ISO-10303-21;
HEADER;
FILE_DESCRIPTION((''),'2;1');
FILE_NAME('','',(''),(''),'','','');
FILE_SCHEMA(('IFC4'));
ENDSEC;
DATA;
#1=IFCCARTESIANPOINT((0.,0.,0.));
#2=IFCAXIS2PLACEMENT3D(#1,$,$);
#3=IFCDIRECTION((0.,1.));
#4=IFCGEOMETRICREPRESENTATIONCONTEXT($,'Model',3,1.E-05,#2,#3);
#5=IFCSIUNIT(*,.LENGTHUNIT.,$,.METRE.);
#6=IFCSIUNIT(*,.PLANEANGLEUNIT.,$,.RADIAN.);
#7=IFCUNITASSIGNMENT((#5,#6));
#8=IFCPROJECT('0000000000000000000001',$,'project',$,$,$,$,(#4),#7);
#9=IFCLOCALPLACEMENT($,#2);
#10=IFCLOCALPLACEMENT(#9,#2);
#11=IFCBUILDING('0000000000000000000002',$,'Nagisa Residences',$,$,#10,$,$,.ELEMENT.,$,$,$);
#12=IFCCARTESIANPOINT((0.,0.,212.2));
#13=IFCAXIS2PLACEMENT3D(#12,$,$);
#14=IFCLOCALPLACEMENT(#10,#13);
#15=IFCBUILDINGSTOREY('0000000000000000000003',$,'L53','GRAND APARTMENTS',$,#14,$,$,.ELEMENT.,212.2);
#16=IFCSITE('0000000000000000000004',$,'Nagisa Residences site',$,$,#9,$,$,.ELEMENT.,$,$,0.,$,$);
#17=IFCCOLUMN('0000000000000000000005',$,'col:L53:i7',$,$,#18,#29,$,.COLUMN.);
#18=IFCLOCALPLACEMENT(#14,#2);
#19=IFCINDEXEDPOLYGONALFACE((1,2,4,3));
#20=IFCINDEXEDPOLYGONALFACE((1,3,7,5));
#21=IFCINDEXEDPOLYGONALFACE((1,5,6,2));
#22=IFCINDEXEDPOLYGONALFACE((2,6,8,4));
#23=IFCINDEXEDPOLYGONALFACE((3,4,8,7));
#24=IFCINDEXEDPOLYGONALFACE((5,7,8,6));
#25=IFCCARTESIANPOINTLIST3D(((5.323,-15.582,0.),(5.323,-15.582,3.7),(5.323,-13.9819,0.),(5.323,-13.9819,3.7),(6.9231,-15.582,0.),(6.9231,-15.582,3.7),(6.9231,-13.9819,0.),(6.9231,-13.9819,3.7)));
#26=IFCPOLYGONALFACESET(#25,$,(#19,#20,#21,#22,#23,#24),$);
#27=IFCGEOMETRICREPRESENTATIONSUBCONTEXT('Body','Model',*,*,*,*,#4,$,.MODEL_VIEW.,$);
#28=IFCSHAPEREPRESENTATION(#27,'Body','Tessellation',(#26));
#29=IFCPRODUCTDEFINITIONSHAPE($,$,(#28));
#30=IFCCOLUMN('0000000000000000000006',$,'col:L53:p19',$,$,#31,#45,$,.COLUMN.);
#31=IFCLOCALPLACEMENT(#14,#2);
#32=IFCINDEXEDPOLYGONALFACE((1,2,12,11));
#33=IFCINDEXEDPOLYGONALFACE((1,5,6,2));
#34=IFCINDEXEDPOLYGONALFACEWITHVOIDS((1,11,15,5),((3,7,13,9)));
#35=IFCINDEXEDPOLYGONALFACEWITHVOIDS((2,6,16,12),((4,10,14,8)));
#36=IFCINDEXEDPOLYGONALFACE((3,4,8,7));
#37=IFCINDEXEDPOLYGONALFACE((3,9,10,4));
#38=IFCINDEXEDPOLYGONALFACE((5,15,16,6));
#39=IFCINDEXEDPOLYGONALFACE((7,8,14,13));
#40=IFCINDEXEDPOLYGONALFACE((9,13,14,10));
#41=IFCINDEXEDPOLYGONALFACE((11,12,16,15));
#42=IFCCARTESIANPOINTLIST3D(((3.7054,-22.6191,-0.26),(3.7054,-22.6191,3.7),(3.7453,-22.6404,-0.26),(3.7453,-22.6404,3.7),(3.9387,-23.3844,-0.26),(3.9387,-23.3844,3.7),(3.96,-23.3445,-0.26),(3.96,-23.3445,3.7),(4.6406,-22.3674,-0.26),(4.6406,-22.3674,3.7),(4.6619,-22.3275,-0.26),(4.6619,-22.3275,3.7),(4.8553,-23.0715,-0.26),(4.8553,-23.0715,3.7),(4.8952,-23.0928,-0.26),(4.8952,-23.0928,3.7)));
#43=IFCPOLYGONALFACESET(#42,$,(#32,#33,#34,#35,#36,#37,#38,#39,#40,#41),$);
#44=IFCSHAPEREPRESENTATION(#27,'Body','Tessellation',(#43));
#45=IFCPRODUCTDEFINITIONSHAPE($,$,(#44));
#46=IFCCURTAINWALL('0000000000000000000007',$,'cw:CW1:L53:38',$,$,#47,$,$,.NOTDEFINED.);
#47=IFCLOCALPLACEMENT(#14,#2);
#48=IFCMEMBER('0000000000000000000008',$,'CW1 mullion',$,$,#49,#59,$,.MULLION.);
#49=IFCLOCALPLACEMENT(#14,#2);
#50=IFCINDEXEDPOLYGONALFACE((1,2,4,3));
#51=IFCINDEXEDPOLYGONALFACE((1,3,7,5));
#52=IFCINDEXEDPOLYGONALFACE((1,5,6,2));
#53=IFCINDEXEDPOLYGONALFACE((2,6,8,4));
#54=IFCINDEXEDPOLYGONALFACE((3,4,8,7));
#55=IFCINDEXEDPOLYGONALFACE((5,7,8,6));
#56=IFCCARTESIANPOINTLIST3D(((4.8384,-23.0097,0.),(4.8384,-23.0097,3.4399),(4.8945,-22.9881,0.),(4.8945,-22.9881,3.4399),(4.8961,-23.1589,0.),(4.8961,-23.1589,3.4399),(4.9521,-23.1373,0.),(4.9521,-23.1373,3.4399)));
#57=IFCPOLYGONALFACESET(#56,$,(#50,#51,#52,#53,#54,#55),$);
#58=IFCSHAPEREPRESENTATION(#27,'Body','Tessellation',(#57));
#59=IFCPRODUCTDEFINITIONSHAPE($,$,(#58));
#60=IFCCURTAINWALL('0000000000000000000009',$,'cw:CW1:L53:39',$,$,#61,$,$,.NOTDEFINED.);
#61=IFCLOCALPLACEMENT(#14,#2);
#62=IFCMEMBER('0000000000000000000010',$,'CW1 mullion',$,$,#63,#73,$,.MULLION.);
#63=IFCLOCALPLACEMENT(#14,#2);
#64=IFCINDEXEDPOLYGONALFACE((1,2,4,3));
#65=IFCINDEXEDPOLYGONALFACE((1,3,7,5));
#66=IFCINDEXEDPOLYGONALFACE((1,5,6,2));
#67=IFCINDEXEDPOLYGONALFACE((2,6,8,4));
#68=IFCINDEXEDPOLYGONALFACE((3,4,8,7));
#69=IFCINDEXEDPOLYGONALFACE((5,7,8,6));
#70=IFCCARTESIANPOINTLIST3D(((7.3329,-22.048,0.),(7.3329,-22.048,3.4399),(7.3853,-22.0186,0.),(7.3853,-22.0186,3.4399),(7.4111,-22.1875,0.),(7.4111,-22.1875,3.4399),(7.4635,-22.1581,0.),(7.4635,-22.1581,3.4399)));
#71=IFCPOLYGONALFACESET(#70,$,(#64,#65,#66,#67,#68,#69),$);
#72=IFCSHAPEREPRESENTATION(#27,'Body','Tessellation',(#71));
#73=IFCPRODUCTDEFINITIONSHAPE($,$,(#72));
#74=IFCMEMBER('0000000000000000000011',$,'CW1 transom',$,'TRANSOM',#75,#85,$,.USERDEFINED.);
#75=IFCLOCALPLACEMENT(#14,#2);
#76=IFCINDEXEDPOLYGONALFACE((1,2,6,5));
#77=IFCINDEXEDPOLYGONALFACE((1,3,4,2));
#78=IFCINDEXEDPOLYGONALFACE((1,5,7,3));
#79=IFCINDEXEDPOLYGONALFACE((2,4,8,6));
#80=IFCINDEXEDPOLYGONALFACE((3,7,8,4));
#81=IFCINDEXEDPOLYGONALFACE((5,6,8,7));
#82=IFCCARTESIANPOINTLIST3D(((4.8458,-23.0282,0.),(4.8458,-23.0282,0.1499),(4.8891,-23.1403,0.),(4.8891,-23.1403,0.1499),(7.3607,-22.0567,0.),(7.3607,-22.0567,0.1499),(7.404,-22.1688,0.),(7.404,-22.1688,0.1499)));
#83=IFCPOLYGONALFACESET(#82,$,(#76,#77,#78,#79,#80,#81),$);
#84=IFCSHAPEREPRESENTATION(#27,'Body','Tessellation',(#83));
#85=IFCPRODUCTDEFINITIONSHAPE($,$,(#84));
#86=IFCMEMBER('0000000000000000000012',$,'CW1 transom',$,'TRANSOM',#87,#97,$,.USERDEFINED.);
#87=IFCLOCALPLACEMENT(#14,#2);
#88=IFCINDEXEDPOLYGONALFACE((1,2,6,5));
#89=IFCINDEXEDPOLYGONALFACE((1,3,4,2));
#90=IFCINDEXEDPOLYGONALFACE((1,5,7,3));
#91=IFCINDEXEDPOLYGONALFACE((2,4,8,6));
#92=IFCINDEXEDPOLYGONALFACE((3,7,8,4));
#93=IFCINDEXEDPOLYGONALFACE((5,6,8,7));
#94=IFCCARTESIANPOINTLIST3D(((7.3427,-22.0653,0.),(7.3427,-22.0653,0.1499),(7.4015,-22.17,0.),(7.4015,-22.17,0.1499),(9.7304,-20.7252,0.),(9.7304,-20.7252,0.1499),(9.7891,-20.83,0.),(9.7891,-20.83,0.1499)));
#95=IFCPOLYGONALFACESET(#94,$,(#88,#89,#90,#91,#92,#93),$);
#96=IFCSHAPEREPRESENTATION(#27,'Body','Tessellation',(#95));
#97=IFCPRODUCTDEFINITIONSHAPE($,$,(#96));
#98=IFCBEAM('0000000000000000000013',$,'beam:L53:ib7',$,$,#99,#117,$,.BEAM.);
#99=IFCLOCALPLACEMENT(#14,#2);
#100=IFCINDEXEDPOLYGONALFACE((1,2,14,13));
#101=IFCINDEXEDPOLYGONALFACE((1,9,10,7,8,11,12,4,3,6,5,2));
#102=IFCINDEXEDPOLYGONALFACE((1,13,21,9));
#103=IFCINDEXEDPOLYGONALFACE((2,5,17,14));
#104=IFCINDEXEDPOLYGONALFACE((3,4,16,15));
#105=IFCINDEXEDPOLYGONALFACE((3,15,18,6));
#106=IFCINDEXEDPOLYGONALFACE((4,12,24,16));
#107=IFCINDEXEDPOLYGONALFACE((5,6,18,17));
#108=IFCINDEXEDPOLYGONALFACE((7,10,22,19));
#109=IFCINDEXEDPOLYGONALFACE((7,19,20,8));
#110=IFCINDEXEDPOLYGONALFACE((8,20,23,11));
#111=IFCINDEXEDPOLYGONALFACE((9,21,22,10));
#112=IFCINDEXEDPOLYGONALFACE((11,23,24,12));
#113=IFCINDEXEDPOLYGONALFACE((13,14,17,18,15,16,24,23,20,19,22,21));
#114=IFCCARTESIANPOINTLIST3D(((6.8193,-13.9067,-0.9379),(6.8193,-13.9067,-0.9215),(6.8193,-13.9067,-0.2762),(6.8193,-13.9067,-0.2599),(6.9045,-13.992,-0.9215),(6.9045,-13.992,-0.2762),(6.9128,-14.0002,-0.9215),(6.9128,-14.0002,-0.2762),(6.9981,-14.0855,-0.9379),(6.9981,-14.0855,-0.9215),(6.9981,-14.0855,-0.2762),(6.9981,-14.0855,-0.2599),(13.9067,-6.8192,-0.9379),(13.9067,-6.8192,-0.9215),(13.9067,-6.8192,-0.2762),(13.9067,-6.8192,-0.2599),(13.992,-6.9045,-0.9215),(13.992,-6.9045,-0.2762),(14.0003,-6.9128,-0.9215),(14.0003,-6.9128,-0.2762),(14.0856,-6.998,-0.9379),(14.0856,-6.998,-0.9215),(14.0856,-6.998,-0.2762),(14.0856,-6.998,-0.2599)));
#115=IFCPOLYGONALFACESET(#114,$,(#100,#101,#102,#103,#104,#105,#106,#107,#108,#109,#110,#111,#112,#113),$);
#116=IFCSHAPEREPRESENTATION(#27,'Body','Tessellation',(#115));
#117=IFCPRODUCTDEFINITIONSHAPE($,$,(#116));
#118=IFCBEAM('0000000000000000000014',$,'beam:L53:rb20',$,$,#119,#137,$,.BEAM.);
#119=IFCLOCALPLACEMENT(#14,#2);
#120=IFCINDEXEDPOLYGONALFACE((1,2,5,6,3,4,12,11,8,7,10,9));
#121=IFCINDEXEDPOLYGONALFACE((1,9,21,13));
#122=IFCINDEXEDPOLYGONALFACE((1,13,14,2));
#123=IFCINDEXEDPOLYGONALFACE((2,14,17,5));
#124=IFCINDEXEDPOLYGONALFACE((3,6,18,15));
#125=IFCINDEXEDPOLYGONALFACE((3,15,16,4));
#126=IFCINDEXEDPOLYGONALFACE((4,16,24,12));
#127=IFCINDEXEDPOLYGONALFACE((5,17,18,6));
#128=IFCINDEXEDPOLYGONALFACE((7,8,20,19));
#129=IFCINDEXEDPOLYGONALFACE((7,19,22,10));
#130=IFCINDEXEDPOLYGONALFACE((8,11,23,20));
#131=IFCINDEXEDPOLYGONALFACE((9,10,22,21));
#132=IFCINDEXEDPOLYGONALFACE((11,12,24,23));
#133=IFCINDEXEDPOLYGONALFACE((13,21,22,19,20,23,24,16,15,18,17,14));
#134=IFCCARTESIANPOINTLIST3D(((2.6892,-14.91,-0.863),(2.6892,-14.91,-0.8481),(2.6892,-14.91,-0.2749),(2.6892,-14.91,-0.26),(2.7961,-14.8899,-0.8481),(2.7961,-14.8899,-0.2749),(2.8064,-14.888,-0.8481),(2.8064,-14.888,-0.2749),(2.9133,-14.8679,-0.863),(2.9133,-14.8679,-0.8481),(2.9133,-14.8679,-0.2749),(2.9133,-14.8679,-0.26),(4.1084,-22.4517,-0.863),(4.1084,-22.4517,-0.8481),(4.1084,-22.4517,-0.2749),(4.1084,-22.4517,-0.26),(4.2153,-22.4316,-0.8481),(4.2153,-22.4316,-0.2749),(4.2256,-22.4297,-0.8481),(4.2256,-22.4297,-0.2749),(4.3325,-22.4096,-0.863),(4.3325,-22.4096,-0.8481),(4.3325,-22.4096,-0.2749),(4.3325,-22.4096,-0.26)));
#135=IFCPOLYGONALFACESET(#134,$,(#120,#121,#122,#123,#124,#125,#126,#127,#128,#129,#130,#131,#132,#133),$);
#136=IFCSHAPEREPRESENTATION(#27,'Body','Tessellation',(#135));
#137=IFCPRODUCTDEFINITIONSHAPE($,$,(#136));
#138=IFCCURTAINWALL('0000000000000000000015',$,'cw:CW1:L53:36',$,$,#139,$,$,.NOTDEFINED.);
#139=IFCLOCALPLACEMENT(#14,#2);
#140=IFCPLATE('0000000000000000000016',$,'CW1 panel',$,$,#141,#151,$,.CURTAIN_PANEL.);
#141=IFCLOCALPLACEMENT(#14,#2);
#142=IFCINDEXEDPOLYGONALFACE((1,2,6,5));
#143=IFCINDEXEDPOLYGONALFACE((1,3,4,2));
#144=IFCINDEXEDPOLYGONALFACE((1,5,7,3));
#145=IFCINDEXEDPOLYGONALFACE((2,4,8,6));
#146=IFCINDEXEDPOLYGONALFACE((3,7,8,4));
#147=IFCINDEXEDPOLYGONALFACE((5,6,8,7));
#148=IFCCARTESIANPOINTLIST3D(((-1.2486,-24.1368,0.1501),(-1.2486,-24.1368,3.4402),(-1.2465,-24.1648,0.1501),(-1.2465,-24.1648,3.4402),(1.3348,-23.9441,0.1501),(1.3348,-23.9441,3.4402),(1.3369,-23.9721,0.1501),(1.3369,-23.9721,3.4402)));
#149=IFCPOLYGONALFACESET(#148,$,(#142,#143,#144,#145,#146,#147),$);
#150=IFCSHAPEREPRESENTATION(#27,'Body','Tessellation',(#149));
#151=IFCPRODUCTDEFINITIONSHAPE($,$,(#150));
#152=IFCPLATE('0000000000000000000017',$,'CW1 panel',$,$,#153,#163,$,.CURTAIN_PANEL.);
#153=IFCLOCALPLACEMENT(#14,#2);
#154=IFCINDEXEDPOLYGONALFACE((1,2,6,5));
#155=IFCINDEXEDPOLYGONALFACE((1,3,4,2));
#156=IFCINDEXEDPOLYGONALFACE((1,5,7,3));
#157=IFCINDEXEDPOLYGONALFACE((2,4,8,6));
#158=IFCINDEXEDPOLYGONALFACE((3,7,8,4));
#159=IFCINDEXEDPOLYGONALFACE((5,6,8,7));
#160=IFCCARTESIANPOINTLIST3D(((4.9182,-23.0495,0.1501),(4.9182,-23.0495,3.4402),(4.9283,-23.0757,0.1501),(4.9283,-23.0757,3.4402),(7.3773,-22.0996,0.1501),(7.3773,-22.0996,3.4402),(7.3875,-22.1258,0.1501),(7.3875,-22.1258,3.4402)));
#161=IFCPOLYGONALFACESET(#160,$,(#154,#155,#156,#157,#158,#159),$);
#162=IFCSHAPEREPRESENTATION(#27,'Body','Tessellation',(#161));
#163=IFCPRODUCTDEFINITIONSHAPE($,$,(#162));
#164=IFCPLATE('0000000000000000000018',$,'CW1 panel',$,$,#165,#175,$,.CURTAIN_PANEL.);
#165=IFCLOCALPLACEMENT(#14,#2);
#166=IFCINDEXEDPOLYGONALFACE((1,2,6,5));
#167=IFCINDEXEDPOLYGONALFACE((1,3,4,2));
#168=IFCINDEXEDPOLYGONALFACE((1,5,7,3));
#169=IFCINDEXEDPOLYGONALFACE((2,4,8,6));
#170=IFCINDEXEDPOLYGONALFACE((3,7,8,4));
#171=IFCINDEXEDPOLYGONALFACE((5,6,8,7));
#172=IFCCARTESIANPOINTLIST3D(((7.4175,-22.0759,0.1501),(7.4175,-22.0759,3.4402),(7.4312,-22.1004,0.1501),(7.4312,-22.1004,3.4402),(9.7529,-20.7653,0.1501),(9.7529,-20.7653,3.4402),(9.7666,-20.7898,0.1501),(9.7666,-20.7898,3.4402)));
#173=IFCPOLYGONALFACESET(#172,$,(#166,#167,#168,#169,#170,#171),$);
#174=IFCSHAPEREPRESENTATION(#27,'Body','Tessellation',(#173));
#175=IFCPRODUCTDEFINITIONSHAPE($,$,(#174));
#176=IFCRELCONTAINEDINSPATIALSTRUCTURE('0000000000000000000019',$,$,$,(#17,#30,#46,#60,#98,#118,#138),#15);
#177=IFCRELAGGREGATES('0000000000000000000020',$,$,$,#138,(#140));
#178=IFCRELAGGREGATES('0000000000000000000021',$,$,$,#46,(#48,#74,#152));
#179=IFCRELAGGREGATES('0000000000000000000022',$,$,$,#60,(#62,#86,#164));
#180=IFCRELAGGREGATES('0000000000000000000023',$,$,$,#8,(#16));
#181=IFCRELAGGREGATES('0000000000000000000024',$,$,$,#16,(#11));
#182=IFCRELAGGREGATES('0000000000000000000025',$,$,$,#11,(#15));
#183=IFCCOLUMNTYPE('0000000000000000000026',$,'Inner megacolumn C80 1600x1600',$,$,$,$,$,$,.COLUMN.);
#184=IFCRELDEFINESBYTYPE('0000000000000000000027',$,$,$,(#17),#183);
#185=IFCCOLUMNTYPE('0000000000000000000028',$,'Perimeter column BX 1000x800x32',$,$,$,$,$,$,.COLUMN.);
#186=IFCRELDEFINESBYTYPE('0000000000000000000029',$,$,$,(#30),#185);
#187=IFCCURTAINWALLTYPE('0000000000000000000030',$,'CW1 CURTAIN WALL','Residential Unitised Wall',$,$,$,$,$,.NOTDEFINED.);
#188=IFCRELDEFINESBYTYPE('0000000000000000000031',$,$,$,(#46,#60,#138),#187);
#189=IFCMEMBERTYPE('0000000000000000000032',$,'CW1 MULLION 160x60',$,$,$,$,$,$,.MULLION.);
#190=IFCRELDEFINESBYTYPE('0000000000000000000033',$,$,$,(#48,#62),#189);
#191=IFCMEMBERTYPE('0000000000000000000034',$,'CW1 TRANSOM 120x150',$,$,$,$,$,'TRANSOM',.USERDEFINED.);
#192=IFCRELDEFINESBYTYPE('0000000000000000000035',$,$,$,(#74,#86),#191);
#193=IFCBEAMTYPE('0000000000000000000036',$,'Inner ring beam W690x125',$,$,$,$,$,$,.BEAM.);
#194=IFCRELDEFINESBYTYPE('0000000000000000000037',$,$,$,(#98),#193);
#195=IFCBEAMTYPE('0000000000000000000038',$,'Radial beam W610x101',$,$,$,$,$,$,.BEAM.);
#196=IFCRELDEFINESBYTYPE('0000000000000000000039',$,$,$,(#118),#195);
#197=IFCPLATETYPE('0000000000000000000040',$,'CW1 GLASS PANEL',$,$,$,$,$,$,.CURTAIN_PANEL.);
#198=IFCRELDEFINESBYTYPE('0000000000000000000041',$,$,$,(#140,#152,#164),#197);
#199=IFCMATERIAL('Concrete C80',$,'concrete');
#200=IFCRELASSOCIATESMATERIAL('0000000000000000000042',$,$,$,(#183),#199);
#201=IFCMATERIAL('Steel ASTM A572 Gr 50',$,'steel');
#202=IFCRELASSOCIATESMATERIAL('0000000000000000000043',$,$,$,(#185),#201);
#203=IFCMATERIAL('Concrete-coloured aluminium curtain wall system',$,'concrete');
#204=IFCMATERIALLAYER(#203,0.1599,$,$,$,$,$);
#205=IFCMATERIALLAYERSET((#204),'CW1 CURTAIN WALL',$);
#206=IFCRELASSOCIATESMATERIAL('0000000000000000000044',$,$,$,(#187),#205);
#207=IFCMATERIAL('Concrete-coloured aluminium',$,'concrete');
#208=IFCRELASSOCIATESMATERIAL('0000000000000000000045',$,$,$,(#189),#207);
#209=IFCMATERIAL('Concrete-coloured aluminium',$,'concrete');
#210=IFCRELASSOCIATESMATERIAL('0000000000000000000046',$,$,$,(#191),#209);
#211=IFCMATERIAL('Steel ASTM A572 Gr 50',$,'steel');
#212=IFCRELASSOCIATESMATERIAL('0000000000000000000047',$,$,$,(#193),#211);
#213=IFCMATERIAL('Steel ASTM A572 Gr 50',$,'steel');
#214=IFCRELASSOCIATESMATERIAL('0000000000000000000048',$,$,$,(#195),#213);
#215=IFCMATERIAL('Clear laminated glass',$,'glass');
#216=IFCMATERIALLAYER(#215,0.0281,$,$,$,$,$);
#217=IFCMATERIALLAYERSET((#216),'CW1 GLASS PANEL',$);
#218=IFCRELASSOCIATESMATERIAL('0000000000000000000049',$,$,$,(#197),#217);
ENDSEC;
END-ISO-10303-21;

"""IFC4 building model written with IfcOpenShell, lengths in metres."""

from ifc_helpers import new_model, si_unit, direction, frame, origin, origin_2d, place, context, subcontext, project, spatial, rectangle, hollow_rectangle, i_section, extrude, material, layer, layer_set, material_profile, profile_set, type_object, element, aggregate, save


model = new_model("IFC4")

# Units and contexts
model_context = context("Model", 3, precision=1e-05, world=origin(), true_north=direction((0.0, 1.0)))
body_context = subcontext(model_context, "Body", "Model", "MODEL_VIEW")
ifc_project = project(units=[si_unit("LENGTHUNIT", "METRE"), si_unit("PLANEANGLEUNIT", "RADIAN")], contexts=[model_context])

# Site, building, storey
site_placement = place(None, origin())
site = spatial("IfcSite", under=ifc_project, at=site_placement, Name="Nagisa Residences site", CompositionType="ELEMENT", RefElevation=0.0)
building_placement = place(site_placement, origin())
building = spatial("IfcBuilding", under=site, at=building_placement, Name="Nagisa Residences", CompositionType="ELEMENT")
storey_placement = place(building_placement, frame((0.0, 0.0, 212.2)))
storey = spatial("IfcBuildingStorey", under=building, at=storey_placement, Name="L53", Description="GRAND APARTMENTS", CompositionType="ELEMENT", Elevation=212.2)

# Columns
ifc_material_1 = material(Name="Concrete C80", Category="concrete")
ifc_material_profile_1 = material_profile(ifc_material_1, rectangle(XDim=1.6001, YDim=1.6001, at=origin_2d()), Name="C80 1600x1600")
ifc_profile_set_1 = profile_set([ifc_material_profile_1], Name="Concrete C80")
column_type_1 = type_object("IfcColumnType", Name="Inner megacolumn C80 1600x1600", PredefinedType="COLUMN", material=ifc_profile_set_1)
column_1_placement = place(storey_placement, frame((6.123, -14.782, 0.0), z_axis=(0.0, 0.0, 1.0), x_axis=(1.0, 0.0, 0.0)))
element("IfcColumn", 1, at=column_1_placement, inside=storey, type_object=column_type_1, Name="col:L53:i7", PredefinedType="COLUMN", context=body_context, shape_type="SweptSolid", body=[
    extrude(rectangle(XDim=1.6001, YDim=1.6001, at=origin_2d()), origin(), (0.0, 0.0, 1.0), 3.7),
])
ifc_material_2 = material(Name="Steel ASTM A572 Gr 50", Category="steel")
ifc_material_profile_2 = material_profile(ifc_material_2, hollow_rectangle(XDim=1.0, YDim=0.8, WallThickness=0.032, at=origin_2d()), Name="BX 1000x800x32")
ifc_profile_set_2 = profile_set([ifc_material_profile_2], Name="Steel ASTM A572 Gr 50")
column_type_2 = type_object("IfcColumnType", Name="Perimeter column BX 1000x800x32", PredefinedType="COLUMN", material=ifc_profile_set_2)
column_2_placement = place(storey_placement, frame((4.3003, -22.856, -0.26), z_axis=(0.0, 0.0, 1.0), x_axis=(0.956525, 0.291652, 0.0)))
element("IfcColumn", 2, at=column_2_placement, inside=storey, type_object=column_type_2, Name="col:L53:p19", PredefinedType="COLUMN", context=body_context, shape_type="SweptSolid", body=[
    extrude(hollow_rectangle(XDim=1.0, YDim=0.8, WallThickness=0.032, at=origin_2d()), origin(), (0.0, 0.0, 1.0), 3.96),
])

# Curtain walls, members
ifc_material_3 = material(Name="Concrete-coloured aluminium curtain wall system", Category="concrete")
ifc_layer_1 = layer(ifc_material_3, 0.1599)
ifc_layer_set_1 = layer_set([ifc_layer_1], Name="CW1 CURTAIN WALL")
curtain_wall_type = type_object("IfcCurtainWallType", Name="CW1 CURTAIN WALL", Description="Residential Unitised Wall", PredefinedType="NOTDEFINED", material=ifc_layer_set_1)
curtain_wall_1_placement = place(storey_placement, origin())
curtain_wall_1 = element("IfcCurtainWall", 3, at=curtain_wall_1_placement, inside=storey, type_object=curtain_wall_type, Name="cw:CW1:L53:38", PredefinedType="NOTDEFINED")
ifc_material_4 = material(Name="Concrete-coloured aluminium", Category="concrete")
ifc_material_profile_3 = material_profile(ifc_material_4, rectangle(XDim=0.1599, YDim=0.0601, at=origin_2d()), Name="CW1 MULLION 160x60")
ifc_profile_set_3 = profile_set([ifc_material_profile_3], Name="Concrete-coloured aluminium")
member_type_1 = type_object("IfcMemberType", Name="CW1 MULLION 160x60", PredefinedType="MULLION", material=ifc_profile_set_3)
member_1_placement = place(storey_placement, frame((4.8953, -23.0735, 0.0), z_axis=(0.0, 0.0, 1.0), x_axis=(-0.360328, 0.932826, 0.0)))
member_1 = element("IfcMember", 4, at=member_1_placement, type_object=member_type_1, Name="CW1 mullion", PredefinedType="MULLION", context=body_context, shape_type="SweptSolid", body=[
    extrude(rectangle(XDim=0.1599, YDim=0.0601, at=origin_2d()), origin(), (0.0, 0.0, 1.0), 3.4399),
])
curtain_wall_2_placement = place(storey_placement, origin())
curtain_wall_2 = element("IfcCurtainWall", 5, at=curtain_wall_2_placement, inside=storey, type_object=curtain_wall_type, Name="cw:CW1:L53:39", PredefinedType="NOTDEFINED")
member_2_placement = place(storey_placement, frame((7.3982, -22.103, 0.0), z_axis=(0.0, 0.0, 1.0), x_axis=(-0.489377, 0.872072, 0.0)))
member_2 = element("IfcMember", 6, at=member_2_placement, type_object=member_type_1, Name="CW1 mullion", PredefinedType="MULLION", context=body_context, shape_type="SweptSolid", body=[
    extrude(rectangle(XDim=0.1599, YDim=0.0601, at=origin_2d()), origin(), (0.0, 0.0, 1.0), 3.4399),
])

# Members
ifc_material_5 = material(Name="Concrete-coloured aluminium", Category="concrete")
ifc_material_profile_4 = material_profile(ifc_material_5, rectangle(XDim=0.1201, YDim=0.1499, at=origin_2d()), Name="CW1 TRANSOM 120x150")
ifc_profile_set_4 = profile_set([ifc_material_profile_4], Name="Concrete-coloured aluminium")
member_type_2 = type_object("IfcMemberType", Name="CW1 TRANSOM 120x150", ElementType="TRANSOM", PredefinedType="USERDEFINED", material=ifc_profile_set_4)
member_3_placement = place(storey_placement, frame((4.8674, -23.0842, 0.075), z_axis=(0.932826, 0.360326, 0.0), x_axis=(-0.360326, 0.932826, 0.0)))
member_3 = element("IfcMember", 7, at=member_3_placement, type_object=member_type_2, Name="CW1 transom", ObjectType="TRANSOM", PredefinedType="USERDEFINED", context=body_context, shape_type="SweptSolid", body=[
    extrude(rectangle(XDim=0.1201, YDim=0.1499, at=origin_2d()), origin(), (0.0, 0.0, 1.0), 2.696),
])
member_4_placement = place(storey_placement, frame((7.3721, -22.1177, 0.075), z_axis=(0.872042, 0.489431, 0.0), x_axis=(-0.489431, 0.872042, 0.0)))
member_4 = element("IfcMember", 8, at=member_4_placement, type_object=member_type_2, Name="CW1 transom", ObjectType="TRANSOM", PredefinedType="USERDEFINED", context=body_context, shape_type="SweptSolid", body=[
    extrude(rectangle(XDim=0.1201, YDim=0.1499, at=origin_2d()), origin(), (0.0, 0.0, 1.0), 2.738),
])

# Beams
ifc_material_6 = material(Name="Steel ASTM A572 Gr 50", Category="steel")
ifc_material_profile_5 = material_profile(ifc_material_6, i_section(OverallWidth=0.2529, OverallDepth=0.678, WebThickness=0.0117, FlangeThickness=0.0164, at=origin_2d()), Name="W690x125")
ifc_profile_set_5 = profile_set([ifc_material_profile_5], Name="Steel ASTM A572 Gr 50")
beam_type_1 = type_object("IfcBeamType", Name="Inner ring beam W690x125", PredefinedType="BEAM", material=ifc_profile_set_5)
beam_1_placement = place(storey_placement, frame((6.9087, -13.9961, -0.5989), z_axis=(0.707107, 0.707107, 0.0), x_axis=(-0.707107, 0.707107, 0.0)))
element("IfcBeam", 9, at=beam_1_placement, inside=storey, type_object=beam_type_1, Name="beam:L53:ib7", PredefinedType="BEAM", context=body_context, shape_type="SweptSolid", body=[
    extrude(i_section(OverallWidth=0.2529, OverallDepth=0.678, WebThickness=0.0117, FlangeThickness=0.0164, at=origin_2d()), origin(), (0.0, 0.0, 1.0), 10.0232),
])
ifc_material_7 = material(Name="Steel ASTM A572 Gr 50", Category="steel")
ifc_material_profile_6 = material_profile(ifc_material_7, i_section(OverallWidth=0.228, OverallDepth=0.603, WebThickness=0.0105, FlangeThickness=0.0149, at=origin_2d()), Name="W610x101")
ifc_profile_set_6 = profile_set([ifc_material_profile_6], Name="Steel ASTM A572 Gr 50")
beam_type_2 = type_object("IfcBeamType", Name="Radial beam W610x101", PredefinedType="BEAM", material=ifc_profile_set_6)
beam_2_placement = place(storey_placement, frame((4.2205, -22.4307, -0.5615), z_axis=(-0.184932, 0.982751, 0.0), x_axis=(-0.982751, -0.184932, 0.0)))
element("IfcBeam", 10, at=beam_2_placement, inside=storey, type_object=beam_type_2, Name="beam:L53:rb20", PredefinedType="BEAM", context=body_context, shape_type="SweptSolid", body=[
    extrude(i_section(OverallWidth=0.228, OverallDepth=0.603, WebThickness=0.0105, FlangeThickness=0.0149, at=origin_2d()), origin(), (0.0, 0.0, 1.0), 7.6741),
])

# Curtain wall, plate
curtain_wall_3_placement = place(storey_placement, origin())
curtain_wall_3 = element("IfcCurtainWall", 11, at=curtain_wall_3_placement, inside=storey, type_object=curtain_wall_type, Name="cw:CW1:L53:36", PredefinedType="NOTDEFINED")
ifc_material_8 = material(Name="Clear laminated glass", Category="glass")
ifc_layer_2 = layer(ifc_material_8, 0.0281)
ifc_layer_set_2 = layer_set([ifc_layer_2], Name="CW1 GLASS PANEL")
plate_type = type_object("IfcPlateType", Name="CW1 GLASS PANEL", PredefinedType="CURTAIN_PANEL", material=ifc_layer_set_2)
plate_1_placement = place(storey_placement, frame((0.0442, -24.0544, 0.1501), z_axis=(0.0, 0.0, 1.0), x_axis=(0.99723, 0.074377, 0.0)))
plate_1 = element("IfcPlate", 12, at=plate_1_placement, type_object=plate_type, Name="CW1 panel", PredefinedType="CURTAIN_PANEL", context=body_context, shape_type="SweptSolid", body=[
    extrude(rectangle(XDim=2.5906, YDim=0.0281, at=origin_2d()), origin(), (0.0, 0.0, 1.0), 3.29),
])
aggregate(curtain_wall_3, [plate_1])

# Plates
plate_2_placement = place(storey_placement, frame((6.1528, -22.5876, 0.1501), z_axis=(0.0, 0.0, 1.0), x_axis=(0.932826, 0.360328, 0.0)))
plate_2 = element("IfcPlate", 13, at=plate_2_placement, type_object=plate_type, Name="CW1 panel", PredefinedType="CURTAIN_PANEL", context=body_context, shape_type="SweptSolid", body=[
    extrude(rectangle(XDim=2.6362, YDim=0.0281, at=origin_2d()), origin(), (0.0, 0.0, 1.0), 3.29),
])
aggregate(curtain_wall_1, [member_1, member_3, plate_2])
plate_3_placement = place(storey_placement, frame((8.592, -21.4329, 0.1501), z_axis=(0.0, 0.0, 1.0), x_axis=(0.872072, 0.489377, 0.0)))
plate_3 = element("IfcPlate", 14, at=plate_3_placement, type_object=plate_type, Name="CW1 panel", PredefinedType="CURTAIN_PANEL", context=body_context, shape_type="SweptSolid", body=[
    extrude(rectangle(XDim=2.678, YDim=0.0281, at=origin_2d()), origin(), (0.0, 0.0, 1.0), 3.29),
])
aggregate(curtain_wall_2, [member_2, member_4, plate_3])

save(model, "model.ifc")
